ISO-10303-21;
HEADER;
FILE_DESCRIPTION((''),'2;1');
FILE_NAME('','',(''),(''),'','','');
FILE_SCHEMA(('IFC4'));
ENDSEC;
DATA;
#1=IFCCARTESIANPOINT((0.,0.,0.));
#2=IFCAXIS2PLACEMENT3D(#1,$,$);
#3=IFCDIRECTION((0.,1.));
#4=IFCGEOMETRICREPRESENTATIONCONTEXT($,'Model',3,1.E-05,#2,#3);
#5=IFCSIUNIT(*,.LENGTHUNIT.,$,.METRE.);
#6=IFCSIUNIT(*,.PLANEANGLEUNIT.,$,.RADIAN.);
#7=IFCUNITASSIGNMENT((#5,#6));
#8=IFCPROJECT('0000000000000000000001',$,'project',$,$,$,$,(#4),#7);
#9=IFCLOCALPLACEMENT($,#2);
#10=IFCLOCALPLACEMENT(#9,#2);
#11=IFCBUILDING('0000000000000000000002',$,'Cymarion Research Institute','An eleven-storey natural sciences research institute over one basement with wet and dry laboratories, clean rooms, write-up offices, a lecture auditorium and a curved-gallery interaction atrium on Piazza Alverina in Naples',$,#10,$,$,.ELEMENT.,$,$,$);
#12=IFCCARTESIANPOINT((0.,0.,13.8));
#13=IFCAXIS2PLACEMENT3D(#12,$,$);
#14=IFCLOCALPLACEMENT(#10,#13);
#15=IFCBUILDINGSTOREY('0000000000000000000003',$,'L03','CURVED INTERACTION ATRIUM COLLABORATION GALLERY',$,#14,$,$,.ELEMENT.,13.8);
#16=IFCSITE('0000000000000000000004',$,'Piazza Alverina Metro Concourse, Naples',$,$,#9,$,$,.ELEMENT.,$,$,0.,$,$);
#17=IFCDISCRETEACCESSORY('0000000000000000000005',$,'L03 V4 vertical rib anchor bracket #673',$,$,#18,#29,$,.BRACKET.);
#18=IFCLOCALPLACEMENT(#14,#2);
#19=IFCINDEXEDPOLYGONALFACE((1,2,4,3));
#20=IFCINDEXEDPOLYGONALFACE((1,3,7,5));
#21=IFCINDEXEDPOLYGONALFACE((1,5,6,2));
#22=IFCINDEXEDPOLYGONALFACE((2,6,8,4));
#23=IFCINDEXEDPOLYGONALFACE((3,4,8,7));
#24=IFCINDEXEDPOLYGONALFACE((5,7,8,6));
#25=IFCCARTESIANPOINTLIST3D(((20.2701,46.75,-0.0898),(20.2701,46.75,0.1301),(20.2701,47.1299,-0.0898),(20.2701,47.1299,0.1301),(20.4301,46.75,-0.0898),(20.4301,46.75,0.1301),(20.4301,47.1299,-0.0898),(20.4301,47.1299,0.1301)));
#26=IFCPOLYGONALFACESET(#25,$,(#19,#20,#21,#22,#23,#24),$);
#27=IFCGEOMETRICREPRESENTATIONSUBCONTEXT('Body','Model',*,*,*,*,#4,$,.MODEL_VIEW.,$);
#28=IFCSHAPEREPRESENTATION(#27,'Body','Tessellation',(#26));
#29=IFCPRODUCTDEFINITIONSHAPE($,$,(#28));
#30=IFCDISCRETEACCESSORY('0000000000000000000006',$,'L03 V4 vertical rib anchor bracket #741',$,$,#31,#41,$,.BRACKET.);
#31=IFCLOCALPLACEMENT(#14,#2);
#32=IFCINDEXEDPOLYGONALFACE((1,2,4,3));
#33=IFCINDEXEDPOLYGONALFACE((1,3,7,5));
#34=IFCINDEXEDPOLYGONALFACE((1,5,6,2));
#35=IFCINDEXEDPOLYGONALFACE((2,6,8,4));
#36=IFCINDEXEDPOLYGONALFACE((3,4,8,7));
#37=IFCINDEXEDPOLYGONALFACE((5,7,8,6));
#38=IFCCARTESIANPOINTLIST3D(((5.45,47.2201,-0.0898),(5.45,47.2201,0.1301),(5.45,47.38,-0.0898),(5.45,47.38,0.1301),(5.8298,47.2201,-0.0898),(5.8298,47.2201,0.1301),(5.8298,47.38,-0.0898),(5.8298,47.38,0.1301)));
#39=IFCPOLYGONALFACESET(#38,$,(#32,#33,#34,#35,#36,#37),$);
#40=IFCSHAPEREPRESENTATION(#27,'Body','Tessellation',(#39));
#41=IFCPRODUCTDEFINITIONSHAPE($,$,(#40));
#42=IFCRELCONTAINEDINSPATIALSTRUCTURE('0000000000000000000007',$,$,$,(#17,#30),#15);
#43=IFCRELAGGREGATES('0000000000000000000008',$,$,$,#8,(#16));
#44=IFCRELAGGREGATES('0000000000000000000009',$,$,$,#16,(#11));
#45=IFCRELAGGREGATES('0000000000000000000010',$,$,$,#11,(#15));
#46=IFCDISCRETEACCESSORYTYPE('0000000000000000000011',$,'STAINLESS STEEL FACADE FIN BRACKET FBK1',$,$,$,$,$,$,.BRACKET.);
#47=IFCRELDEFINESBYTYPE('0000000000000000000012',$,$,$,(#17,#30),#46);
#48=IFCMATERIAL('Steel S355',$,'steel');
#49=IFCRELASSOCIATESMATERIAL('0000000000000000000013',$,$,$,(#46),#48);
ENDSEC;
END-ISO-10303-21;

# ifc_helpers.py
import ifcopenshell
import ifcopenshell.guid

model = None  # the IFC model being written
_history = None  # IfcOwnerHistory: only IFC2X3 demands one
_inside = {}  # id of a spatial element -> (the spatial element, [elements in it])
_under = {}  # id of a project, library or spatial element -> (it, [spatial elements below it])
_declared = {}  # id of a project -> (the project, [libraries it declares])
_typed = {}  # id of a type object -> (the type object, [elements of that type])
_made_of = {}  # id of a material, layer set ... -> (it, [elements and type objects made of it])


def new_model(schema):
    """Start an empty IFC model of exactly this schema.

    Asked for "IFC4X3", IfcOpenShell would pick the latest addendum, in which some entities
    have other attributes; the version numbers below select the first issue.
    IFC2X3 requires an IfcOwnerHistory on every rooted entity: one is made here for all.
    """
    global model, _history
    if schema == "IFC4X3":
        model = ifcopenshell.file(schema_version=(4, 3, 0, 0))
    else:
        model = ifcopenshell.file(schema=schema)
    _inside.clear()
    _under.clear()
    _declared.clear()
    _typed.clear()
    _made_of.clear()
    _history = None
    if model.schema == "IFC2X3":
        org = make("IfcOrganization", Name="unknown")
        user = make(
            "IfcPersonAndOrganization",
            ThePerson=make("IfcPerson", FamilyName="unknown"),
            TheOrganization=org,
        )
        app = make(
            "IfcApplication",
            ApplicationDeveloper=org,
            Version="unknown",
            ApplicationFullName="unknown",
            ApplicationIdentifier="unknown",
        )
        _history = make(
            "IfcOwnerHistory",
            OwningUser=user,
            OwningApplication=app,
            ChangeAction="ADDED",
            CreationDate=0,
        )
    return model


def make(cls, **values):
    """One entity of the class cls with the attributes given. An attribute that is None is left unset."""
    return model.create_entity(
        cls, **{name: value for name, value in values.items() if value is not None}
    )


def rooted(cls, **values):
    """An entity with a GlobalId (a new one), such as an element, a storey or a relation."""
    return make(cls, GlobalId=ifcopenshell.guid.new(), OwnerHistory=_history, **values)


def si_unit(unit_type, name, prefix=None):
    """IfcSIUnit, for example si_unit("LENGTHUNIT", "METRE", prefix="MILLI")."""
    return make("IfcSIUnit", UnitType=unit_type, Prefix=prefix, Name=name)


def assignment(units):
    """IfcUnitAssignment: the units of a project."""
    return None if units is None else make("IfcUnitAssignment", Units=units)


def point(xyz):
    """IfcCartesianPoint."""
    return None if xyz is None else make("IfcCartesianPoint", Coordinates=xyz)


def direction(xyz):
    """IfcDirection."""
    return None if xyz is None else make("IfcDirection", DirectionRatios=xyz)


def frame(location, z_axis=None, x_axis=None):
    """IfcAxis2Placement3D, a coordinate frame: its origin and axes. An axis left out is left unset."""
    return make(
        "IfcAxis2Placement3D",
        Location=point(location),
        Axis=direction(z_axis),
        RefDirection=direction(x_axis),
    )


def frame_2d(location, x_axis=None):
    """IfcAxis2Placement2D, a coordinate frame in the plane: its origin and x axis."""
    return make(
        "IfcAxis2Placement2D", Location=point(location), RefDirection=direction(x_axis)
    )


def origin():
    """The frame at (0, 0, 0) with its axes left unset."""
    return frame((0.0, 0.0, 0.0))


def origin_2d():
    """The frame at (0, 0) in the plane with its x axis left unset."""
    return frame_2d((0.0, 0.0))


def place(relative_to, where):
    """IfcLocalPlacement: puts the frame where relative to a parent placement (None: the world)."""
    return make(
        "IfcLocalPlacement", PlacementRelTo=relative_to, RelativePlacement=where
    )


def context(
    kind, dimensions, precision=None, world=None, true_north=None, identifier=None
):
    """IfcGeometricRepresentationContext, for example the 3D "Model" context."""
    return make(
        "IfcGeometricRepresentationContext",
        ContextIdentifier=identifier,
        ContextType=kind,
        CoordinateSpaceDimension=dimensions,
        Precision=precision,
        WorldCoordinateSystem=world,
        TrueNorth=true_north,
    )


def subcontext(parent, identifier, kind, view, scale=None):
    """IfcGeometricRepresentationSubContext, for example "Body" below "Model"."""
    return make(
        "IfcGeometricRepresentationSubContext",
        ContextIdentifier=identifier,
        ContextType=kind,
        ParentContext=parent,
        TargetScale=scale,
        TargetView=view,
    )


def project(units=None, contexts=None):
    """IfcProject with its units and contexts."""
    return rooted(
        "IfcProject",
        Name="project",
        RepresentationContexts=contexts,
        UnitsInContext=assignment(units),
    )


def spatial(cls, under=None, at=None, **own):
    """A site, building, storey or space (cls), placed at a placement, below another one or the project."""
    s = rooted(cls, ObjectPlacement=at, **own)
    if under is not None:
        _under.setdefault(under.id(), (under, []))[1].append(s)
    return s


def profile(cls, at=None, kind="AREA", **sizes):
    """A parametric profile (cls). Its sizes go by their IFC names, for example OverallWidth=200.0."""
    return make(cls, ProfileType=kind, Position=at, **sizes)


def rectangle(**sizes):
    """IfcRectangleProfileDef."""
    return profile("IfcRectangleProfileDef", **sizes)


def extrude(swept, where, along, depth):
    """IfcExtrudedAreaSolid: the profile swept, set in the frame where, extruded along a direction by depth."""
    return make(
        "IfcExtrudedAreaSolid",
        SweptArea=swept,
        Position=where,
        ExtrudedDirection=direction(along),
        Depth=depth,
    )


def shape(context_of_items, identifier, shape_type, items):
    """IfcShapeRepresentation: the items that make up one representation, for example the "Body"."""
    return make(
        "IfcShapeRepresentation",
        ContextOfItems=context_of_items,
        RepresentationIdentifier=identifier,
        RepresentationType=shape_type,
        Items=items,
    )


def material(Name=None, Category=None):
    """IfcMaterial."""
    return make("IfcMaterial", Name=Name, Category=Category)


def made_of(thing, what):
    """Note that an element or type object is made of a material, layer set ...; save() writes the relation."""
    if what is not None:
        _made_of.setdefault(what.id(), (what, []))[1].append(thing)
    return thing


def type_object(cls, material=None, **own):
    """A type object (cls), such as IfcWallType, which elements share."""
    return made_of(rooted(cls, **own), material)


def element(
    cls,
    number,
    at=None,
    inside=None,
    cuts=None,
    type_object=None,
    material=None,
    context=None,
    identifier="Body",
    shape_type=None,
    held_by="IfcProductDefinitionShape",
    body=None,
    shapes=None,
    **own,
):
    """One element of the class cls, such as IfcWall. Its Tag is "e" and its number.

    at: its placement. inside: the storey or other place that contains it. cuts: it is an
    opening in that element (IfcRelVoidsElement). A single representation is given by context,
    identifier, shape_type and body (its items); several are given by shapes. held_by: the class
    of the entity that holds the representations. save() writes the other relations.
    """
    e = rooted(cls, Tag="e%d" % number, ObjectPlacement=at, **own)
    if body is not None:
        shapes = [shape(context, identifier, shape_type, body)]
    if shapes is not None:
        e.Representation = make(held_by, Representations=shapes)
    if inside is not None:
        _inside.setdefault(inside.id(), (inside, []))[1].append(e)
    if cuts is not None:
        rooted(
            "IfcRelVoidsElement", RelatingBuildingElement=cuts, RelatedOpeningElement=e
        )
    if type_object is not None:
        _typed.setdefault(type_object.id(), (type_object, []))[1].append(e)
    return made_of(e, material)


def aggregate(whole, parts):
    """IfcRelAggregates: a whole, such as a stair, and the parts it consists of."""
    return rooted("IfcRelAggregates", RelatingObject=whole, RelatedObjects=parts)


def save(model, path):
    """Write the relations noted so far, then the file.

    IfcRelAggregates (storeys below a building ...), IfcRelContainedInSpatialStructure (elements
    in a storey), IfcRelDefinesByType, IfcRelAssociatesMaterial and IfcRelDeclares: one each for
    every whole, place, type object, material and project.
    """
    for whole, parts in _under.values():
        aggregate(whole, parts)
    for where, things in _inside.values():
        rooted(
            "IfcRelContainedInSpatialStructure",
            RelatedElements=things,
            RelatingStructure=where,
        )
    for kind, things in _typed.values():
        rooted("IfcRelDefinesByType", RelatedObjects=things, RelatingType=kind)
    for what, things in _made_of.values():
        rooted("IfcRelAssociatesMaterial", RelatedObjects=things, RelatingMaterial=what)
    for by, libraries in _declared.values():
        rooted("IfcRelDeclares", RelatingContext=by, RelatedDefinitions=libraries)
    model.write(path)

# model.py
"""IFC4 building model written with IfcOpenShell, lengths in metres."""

from ifc_helpers import new_model, si_unit, direction, frame, origin, origin_2d, place, context, subcontext, project, spatial, rectangle, extrude, material, type_object, element, save


model = new_model("IFC4")

# Units and contexts
model_context = context("Model", 3, precision=1e-05, world=origin(), true_north=direction((0.0, 1.0)))
body_context = subcontext(model_context, "Body", "Model", "MODEL_VIEW")
ifc_project = project(units=[si_unit("LENGTHUNIT", "METRE"), si_unit("PLANEANGLEUNIT", "RADIAN")], contexts=[model_context])

# Site, building, storey
site_placement = place(None, origin())
site = spatial("IfcSite", under=ifc_project, at=site_placement, Name="Piazza Alverina Metro Concourse, Naples", CompositionType="ELEMENT", RefElevation=0.0)
building_placement = place(site_placement, origin())
building = spatial("IfcBuilding", under=site, at=building_placement, Name="Cymarion Research Institute", Description="An eleven-storey natural sciences research institute over one basement with wet and dry laboratories, clean rooms, write-up offices, a lecture auditorium and a curved-gallery interaction atrium on Piazza Alverina in Naples", CompositionType="ELEMENT")
storey_placement = place(building_placement, frame((0.0, 0.0, 13.8)))
storey = spatial("IfcBuildingStorey", under=building, at=storey_placement, Name="L03", Description="CURVED INTERACTION ATRIUM COLLABORATION GALLERY", CompositionType="ELEMENT", Elevation=13.8)

# Shared definitions
ifc_material_1 = material(Name="Steel S355", Category="steel")

# Discrete accessories
discrete_accessory_type = type_object("IfcDiscreteAccessoryType", Name="STAINLESS STEEL FACADE FIN BRACKET FBK1", PredefinedType="BRACKET", material=ifc_material_1)
for number, where, z_axis, x_axis, name in (
    (1, (20.3501, 46.9399, -0.0898), (0.0, 0.0, 1.0), (0.0, -1.0, 0.0), "L03 V4 vertical rib anchor bracket #673"),
    (2, (5.6399, 47.3, -0.0898), (0.0, 0.0, 1.0), (-1.0, 0.0, 0.0), "L03 V4 vertical rib anchor bracket #741"),
):
    element("IfcDiscreteAccessory", number, at=place(storey_placement, frame(where, z_axis=z_axis, x_axis=x_axis)), inside=storey, type_object=discrete_accessory_type, Name=name, PredefinedType="BRACKET", context=body_context, shape_type="SweptSolid", body=[
        extrude(rectangle(XDim=0.3799, YDim=0.1599, at=origin_2d()), origin(), (0.0, 0.0, 1.0), 0.22),
    ])

save(model, "model.ifc")
